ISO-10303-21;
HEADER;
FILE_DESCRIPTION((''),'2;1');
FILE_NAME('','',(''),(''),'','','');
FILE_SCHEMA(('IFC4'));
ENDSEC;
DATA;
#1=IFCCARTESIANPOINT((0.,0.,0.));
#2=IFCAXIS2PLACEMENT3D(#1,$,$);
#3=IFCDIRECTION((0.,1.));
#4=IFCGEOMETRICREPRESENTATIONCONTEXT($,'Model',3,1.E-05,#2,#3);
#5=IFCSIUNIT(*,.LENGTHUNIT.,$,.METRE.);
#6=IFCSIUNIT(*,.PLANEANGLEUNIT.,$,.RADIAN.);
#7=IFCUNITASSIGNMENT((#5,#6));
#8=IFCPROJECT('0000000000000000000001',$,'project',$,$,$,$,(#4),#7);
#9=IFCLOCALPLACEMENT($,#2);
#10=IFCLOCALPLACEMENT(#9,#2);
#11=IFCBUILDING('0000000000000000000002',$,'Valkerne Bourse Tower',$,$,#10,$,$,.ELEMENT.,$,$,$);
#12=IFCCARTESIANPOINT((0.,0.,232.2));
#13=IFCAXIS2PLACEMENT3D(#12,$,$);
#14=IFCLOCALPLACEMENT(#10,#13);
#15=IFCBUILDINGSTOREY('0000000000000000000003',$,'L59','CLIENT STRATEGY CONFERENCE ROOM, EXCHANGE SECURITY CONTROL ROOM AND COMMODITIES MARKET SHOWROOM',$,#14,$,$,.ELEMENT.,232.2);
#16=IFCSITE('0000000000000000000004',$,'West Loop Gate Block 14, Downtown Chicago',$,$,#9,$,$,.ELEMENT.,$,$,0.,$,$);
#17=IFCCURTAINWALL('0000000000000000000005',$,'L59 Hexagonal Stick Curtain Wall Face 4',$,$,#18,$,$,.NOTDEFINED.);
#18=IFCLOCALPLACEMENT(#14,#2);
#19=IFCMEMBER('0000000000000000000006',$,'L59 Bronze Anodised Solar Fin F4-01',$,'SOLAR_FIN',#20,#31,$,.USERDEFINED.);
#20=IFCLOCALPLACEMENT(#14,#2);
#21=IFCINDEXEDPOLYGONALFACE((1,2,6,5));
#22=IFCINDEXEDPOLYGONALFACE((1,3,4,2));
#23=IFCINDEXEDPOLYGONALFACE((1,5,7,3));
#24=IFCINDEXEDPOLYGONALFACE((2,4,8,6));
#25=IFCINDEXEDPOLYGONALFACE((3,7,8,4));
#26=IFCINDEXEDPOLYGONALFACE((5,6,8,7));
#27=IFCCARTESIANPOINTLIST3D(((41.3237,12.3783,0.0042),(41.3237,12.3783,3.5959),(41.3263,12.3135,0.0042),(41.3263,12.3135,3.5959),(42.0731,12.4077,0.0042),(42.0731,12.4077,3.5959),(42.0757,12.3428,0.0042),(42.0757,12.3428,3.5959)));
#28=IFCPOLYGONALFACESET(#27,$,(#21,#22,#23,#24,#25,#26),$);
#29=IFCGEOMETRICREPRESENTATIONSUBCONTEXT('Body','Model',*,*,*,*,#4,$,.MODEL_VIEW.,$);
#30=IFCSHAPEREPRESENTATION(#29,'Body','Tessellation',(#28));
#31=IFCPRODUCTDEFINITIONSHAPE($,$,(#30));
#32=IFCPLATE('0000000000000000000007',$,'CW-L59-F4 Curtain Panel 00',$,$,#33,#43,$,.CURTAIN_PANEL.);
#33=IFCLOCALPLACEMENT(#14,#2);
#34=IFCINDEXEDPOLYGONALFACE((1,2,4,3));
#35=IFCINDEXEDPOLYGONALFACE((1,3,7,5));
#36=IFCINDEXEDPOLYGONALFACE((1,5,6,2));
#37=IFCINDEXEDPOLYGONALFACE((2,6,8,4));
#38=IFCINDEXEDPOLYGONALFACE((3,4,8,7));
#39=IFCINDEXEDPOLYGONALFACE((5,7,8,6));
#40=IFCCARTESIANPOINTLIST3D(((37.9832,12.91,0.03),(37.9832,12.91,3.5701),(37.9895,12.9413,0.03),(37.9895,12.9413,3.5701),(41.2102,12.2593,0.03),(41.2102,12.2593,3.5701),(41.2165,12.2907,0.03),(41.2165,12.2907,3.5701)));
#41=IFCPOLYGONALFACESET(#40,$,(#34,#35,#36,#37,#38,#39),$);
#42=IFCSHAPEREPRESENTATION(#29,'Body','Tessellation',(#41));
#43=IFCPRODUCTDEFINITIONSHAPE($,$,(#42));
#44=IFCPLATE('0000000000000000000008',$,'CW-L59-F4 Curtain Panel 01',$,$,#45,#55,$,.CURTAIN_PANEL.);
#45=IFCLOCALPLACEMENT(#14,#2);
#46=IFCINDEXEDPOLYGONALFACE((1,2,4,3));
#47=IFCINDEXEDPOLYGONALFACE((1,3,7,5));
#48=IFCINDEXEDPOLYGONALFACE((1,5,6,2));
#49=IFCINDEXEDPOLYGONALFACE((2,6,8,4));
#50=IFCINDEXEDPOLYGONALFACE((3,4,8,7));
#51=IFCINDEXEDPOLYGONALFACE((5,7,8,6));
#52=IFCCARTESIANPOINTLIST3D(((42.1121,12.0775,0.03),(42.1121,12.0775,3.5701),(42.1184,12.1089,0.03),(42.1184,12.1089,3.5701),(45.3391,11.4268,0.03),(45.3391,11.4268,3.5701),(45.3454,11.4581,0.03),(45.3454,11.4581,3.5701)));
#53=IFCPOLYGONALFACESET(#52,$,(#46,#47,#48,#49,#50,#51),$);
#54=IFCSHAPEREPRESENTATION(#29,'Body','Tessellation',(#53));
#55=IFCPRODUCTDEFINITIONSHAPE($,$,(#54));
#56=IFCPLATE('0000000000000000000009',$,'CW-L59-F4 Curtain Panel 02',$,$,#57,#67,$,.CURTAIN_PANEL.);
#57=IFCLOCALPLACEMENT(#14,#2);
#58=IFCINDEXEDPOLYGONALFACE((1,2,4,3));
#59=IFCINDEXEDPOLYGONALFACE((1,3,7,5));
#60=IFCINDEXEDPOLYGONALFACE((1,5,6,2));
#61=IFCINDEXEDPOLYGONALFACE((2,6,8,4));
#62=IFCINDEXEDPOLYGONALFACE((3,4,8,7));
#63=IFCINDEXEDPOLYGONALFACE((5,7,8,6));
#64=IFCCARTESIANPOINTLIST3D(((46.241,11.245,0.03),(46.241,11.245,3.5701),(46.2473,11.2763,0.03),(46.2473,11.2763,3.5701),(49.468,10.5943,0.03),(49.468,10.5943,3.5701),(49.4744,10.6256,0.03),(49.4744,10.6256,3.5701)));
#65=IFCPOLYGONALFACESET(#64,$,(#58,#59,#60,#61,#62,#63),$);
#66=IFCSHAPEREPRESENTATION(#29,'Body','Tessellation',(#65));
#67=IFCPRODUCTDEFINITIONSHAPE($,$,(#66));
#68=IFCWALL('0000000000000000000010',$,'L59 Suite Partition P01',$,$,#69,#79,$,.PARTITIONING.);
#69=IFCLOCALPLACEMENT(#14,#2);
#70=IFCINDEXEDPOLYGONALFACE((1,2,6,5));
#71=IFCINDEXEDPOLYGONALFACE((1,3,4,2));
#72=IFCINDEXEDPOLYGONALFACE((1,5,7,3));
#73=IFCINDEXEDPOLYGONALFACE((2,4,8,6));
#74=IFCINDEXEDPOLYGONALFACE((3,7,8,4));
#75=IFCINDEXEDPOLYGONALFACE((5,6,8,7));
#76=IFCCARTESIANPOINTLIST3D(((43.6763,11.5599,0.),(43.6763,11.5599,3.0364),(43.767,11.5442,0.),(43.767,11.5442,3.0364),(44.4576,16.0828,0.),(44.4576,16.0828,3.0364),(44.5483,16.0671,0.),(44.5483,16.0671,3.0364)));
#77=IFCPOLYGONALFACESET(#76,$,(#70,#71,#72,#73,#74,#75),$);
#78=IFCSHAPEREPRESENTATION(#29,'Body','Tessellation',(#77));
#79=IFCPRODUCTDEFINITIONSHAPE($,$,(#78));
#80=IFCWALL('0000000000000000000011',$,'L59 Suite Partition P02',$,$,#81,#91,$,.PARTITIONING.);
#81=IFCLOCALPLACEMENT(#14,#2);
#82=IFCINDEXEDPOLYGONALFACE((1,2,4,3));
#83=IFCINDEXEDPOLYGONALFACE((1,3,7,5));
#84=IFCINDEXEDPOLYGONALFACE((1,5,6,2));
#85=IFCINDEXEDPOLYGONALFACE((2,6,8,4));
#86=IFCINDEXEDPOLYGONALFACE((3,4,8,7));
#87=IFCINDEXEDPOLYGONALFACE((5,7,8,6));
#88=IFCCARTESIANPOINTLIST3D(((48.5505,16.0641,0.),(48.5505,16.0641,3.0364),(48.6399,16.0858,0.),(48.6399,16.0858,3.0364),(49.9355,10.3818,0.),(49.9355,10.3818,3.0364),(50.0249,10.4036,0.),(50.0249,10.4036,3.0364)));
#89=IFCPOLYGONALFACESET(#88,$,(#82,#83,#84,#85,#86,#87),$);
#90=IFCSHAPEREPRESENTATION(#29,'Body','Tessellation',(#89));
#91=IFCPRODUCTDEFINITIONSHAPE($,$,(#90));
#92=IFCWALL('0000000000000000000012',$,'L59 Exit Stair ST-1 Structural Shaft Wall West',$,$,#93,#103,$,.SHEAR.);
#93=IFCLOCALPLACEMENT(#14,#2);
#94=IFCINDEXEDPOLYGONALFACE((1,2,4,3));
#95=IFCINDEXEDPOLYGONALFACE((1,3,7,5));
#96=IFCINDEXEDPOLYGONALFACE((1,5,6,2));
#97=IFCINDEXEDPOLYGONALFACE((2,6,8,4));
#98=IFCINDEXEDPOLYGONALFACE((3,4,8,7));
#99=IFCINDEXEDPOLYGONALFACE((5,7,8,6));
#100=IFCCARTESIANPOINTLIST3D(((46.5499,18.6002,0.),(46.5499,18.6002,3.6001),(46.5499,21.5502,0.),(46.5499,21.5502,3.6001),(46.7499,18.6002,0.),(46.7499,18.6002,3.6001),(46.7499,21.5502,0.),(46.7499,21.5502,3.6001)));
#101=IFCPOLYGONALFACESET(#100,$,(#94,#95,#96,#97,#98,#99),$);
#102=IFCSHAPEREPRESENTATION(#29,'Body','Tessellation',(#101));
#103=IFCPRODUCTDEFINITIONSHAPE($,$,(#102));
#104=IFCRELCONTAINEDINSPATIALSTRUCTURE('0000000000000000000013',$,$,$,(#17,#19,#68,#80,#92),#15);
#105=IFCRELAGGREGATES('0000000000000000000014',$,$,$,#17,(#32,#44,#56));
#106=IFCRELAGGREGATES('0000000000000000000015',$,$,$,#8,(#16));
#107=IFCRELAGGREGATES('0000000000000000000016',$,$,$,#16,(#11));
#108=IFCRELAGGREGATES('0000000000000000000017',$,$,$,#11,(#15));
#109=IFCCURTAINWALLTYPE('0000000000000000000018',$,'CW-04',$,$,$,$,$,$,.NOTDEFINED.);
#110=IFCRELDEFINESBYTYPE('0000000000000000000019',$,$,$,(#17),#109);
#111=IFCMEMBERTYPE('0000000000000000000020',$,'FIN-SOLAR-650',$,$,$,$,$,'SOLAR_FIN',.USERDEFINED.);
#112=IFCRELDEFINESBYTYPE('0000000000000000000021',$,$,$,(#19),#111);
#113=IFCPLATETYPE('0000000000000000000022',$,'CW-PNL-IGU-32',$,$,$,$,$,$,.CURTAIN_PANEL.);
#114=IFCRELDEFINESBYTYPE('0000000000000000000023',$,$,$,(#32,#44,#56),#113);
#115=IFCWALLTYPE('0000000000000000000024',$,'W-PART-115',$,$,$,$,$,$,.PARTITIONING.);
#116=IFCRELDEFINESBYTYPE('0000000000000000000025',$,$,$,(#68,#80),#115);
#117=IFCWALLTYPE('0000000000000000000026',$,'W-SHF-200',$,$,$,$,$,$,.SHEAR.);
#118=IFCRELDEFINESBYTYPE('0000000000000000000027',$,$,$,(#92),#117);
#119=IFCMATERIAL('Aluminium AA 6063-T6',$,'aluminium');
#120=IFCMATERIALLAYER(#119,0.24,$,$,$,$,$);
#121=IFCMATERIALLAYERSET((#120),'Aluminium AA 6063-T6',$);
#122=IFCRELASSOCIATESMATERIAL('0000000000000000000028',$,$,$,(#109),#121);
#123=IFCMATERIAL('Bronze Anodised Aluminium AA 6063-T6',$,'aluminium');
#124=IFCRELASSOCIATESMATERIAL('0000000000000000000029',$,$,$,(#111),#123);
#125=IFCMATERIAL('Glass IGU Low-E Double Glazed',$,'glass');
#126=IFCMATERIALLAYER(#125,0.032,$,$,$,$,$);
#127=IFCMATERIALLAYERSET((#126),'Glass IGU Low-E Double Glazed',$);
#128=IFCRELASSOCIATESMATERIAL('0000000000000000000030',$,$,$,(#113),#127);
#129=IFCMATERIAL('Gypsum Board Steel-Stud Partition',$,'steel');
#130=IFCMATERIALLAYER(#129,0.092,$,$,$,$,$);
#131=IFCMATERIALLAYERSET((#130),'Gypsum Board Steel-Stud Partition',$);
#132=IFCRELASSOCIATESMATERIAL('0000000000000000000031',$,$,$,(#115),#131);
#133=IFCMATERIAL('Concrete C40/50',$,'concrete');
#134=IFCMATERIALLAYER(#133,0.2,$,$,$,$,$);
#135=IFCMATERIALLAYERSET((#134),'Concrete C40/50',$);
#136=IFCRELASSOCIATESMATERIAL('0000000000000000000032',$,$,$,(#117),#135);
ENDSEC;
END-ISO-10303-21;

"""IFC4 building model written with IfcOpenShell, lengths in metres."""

from ifc_helpers import new_model, si_unit, direction, frame, frame_2d, origin, origin_2d, place, context, subcontext, project, spatial, rectangle, extrude, material, layer, layer_set, material_profile, profile_set, type_object, element, aggregate, save


model = new_model("IFC4")

# Units and contexts
model_context = context("Model", 3, precision=1e-05, world=origin(), true_north=direction((0.0, 1.0)))
body_context = subcontext(model_context, "Body", "Model", "MODEL_VIEW")
ifc_project = project(units=[si_unit("LENGTHUNIT", "METRE"), si_unit("PLANEANGLEUNIT", "RADIAN")], contexts=[model_context])

# Site, building, storey
site_placement = place(None, origin())
site = spatial("IfcSite", under=ifc_project, at=site_placement, Name="West Loop Gate Block 14, Downtown Chicago", CompositionType="ELEMENT", RefElevation=0.0)
building_placement = place(site_placement, origin())
building = spatial("IfcBuilding", under=site, at=building_placement, Name="Valkerne Bourse Tower", CompositionType="ELEMENT")
storey_placement = place(building_placement, frame((0.0, 0.0, 232.2)))
storey = spatial("IfcBuildingStorey", under=building, at=storey_placement, Name="L59", Description="CLIENT STRATEGY CONFERENCE ROOM, EXCHANGE SECURITY CONTROL ROOM AND COMMODITIES MARKET SHOWROOM", CompositionType="ELEMENT", Elevation=232.2)

# Curtain wall
ifc_material_1 = material(Name="Aluminium AA 6063-T6", Category="aluminium")
ifc_layer_1 = layer(ifc_material_1, 0.24)
ifc_layer_set_1 = layer_set([ifc_layer_1], Name="Aluminium AA 6063-T6")
curtain_wall_type = type_object("IfcCurtainWallType", Name="CW-04", PredefinedType="NOTDEFINED", material=ifc_layer_set_1)
curtain_wall_placement = place(storey_placement, origin())
curtain_wall = element("IfcCurtainWall", 1, at=curtain_wall_placement, inside=storey, type_object=curtain_wall_type, Name="L59 Hexagonal Stick Curtain Wall Face 4", PredefinedType="NOTDEFINED")

# Member
ifc_material_2 = material(Name="Bronze Anodised Aluminium AA 6063-T6", Category="aluminium")
ifc_material_profile_1 = material_profile(ifc_material_2, rectangle(XDim=0.0649, YDim=0.75, at=origin_2d()), Name="FIN-65X750")
ifc_profile_set_1 = profile_set([ifc_material_profile_1], Name="Bronze Anodised Aluminium AA 6063-T6")
member_type_1 = type_object("IfcMemberType", Name="FIN-SOLAR-650", ElementType="SOLAR_FIN", PredefinedType="USERDEFINED", material=ifc_profile_set_1)
member_1_placement = place(storey_placement, frame((41.6997, 12.3606, 0.0042), z_axis=(0.0, 0.0, 1.0), x_axis=(0.039185, -0.999232, 0.0)))
element("IfcMember", 2, at=member_1_placement, inside=storey, type_object=member_type_1, Name="L59 Bronze Anodised Solar Fin F4-01", ObjectType="SOLAR_FIN", PredefinedType="USERDEFINED", context=body_context, shape_type="SweptSolid", body=[
    extrude(rectangle(XDim=0.0649, YDim=0.75, at=origin_2d()), origin(), (0.0, 0.0, 1.0), 3.5918),
])

# Plates
ifc_material_3 = material(Name="Glass IGU Low-E Double Glazed", Category="glass")
ifc_layer_2 = layer(ifc_material_3, 0.032)
ifc_layer_set_2 = layer_set([ifc_layer_2], Name="Glass IGU Low-E Double Glazed")
plate_type = type_object("IfcPlateType", Name="CW-PNL-IGU-32", PredefinedType="CURTAIN_PANEL", material=ifc_layer_set_2)
plate_1_placement = place(storey_placement, frame((39.5999, 12.6003, 0.03), z_axis=(0.0, 0.0, 1.0), x_axis=(0.980273, -0.19765, 0.0)))
plate_1 = element("IfcPlate", 3, at=plate_1_placement, type_object=plate_type, Name="CW-L59-F4 Curtain Panel 00", PredefinedType="CURTAIN_PANEL", context=body_context, shape_type="SweptSolid", body=[
    extrude(rectangle(XDim=3.292, YDim=0.032, at=origin_2d()), origin(), (0.0, 0.0, 1.0), 3.54),
])
plate_2_placement = place(storey_placement, frame((43.7288, 11.7678, 0.03), z_axis=(0.0, 0.0, 1.0), x_axis=(0.980268, -0.197673, 0.0)))
plate_2 = element("IfcPlate", 4, at=plate_2_placement, type_object=plate_type, Name="CW-L59-F4 Curtain Panel 01", PredefinedType="CURTAIN_PANEL", context=body_context, shape_type="SweptSolid", body=[
    extrude(rectangle(XDim=3.292, YDim=0.032, at=origin_2d()), origin(), (0.0, 0.0, 1.0), 3.54),
])
plate_3_placement = place(storey_placement, frame((47.8577, 10.9353, 0.03), z_axis=(0.0, 0.0, 1.0), x_axis=(0.980273, -0.19765, 0.0)))
plate_3 = element("IfcPlate", 5, at=plate_3_placement, type_object=plate_type, Name="CW-L59-F4 Curtain Panel 02", PredefinedType="CURTAIN_PANEL", context=body_context, shape_type="SweptSolid", body=[
    extrude(rectangle(XDim=3.292, YDim=0.032, at=origin_2d()), origin(), (0.0, 0.0, 1.0), 3.54),
])
aggregate(curtain_wall, [plate_1, plate_2, plate_3])

# Walls
ifc_material_4 = material(Name="Gypsum Board Steel-Stud Partition", Category="steel")
ifc_layer_3 = layer(ifc_material_4, 0.092)
ifc_layer_set_3 = layer_set([ifc_layer_3], Name="Gypsum Board Steel-Stud Partition")
wall_type_1 = type_object("IfcWallType", Name="W-PART-115", PredefinedType="PARTITIONING", material=ifc_layer_set_3)
wall_1_placement = place(storey_placement, frame((44.5029, 16.075, 0.0), z_axis=(0.0, 0.0, 1.0), x_axis=(-0.17021, -0.985408, 0.0)))
element("IfcWall", 6, at=wall_1_placement, inside=storey, type_object=wall_type_1, Name="L59 Suite Partition P01", PredefinedType="PARTITIONING", context=body_context, shape_type="SweptSolid", body=[
    extrude(rectangle(XDim=4.5898, YDim=0.092, at=frame_2d((2.2949, 0.0))), origin(), (0.0, 0.0, 1.0), 3.0364),
])
wall_2_placement = place(storey_placement, frame((48.5952, 16.075, 0.0), z_axis=(0.0, 0.0, 1.0), x_axis=(0.236805, -0.971557, 0.0)))
element("IfcWall", 7, at=wall_2_placement, inside=storey, type_object=wall_type_1, Name="L59 Suite Partition P02", PredefinedType="PARTITIONING", context=body_context, shape_type="SweptSolid", body=[
    extrude(rectangle(XDim=5.8486, YDim=0.092, at=frame_2d((2.9243, 0.0))), origin(), (0.0, 0.0, 1.0), 3.0364),
])
ifc_material_5 = material(Name="Concrete C40/50", Category="concrete")
ifc_layer_4 = layer(ifc_material_5, 0.2)
ifc_layer_set_4 = layer_set([ifc_layer_4], Name="Concrete C40/50")
wall_type_2 = type_object("IfcWallType", Name="W-SHF-200", PredefinedType="SHEAR", material=ifc_layer_set_4)
wall_3_placement = place(storey_placement, frame((46.6499, 18.6001, 0.0), z_axis=(0.0, 0.0, 1.0), x_axis=(0.0, 1.0, 0.0)))
element("IfcWall", 8, at=wall_3_placement, inside=storey, type_object=wall_type_2, Name="L59 Exit Stair ST-1 Structural Shaft Wall West", PredefinedType="SHEAR", context=body_context, shape_type="SweptSolid", body=[
    extrude(rectangle(XDim=2.95, YDim=0.2, at=frame_2d((1.4751, 0.0))), origin(), (0.0, 0.0, 1.0), 3.6001),
])

save(model, "model.ifc")
